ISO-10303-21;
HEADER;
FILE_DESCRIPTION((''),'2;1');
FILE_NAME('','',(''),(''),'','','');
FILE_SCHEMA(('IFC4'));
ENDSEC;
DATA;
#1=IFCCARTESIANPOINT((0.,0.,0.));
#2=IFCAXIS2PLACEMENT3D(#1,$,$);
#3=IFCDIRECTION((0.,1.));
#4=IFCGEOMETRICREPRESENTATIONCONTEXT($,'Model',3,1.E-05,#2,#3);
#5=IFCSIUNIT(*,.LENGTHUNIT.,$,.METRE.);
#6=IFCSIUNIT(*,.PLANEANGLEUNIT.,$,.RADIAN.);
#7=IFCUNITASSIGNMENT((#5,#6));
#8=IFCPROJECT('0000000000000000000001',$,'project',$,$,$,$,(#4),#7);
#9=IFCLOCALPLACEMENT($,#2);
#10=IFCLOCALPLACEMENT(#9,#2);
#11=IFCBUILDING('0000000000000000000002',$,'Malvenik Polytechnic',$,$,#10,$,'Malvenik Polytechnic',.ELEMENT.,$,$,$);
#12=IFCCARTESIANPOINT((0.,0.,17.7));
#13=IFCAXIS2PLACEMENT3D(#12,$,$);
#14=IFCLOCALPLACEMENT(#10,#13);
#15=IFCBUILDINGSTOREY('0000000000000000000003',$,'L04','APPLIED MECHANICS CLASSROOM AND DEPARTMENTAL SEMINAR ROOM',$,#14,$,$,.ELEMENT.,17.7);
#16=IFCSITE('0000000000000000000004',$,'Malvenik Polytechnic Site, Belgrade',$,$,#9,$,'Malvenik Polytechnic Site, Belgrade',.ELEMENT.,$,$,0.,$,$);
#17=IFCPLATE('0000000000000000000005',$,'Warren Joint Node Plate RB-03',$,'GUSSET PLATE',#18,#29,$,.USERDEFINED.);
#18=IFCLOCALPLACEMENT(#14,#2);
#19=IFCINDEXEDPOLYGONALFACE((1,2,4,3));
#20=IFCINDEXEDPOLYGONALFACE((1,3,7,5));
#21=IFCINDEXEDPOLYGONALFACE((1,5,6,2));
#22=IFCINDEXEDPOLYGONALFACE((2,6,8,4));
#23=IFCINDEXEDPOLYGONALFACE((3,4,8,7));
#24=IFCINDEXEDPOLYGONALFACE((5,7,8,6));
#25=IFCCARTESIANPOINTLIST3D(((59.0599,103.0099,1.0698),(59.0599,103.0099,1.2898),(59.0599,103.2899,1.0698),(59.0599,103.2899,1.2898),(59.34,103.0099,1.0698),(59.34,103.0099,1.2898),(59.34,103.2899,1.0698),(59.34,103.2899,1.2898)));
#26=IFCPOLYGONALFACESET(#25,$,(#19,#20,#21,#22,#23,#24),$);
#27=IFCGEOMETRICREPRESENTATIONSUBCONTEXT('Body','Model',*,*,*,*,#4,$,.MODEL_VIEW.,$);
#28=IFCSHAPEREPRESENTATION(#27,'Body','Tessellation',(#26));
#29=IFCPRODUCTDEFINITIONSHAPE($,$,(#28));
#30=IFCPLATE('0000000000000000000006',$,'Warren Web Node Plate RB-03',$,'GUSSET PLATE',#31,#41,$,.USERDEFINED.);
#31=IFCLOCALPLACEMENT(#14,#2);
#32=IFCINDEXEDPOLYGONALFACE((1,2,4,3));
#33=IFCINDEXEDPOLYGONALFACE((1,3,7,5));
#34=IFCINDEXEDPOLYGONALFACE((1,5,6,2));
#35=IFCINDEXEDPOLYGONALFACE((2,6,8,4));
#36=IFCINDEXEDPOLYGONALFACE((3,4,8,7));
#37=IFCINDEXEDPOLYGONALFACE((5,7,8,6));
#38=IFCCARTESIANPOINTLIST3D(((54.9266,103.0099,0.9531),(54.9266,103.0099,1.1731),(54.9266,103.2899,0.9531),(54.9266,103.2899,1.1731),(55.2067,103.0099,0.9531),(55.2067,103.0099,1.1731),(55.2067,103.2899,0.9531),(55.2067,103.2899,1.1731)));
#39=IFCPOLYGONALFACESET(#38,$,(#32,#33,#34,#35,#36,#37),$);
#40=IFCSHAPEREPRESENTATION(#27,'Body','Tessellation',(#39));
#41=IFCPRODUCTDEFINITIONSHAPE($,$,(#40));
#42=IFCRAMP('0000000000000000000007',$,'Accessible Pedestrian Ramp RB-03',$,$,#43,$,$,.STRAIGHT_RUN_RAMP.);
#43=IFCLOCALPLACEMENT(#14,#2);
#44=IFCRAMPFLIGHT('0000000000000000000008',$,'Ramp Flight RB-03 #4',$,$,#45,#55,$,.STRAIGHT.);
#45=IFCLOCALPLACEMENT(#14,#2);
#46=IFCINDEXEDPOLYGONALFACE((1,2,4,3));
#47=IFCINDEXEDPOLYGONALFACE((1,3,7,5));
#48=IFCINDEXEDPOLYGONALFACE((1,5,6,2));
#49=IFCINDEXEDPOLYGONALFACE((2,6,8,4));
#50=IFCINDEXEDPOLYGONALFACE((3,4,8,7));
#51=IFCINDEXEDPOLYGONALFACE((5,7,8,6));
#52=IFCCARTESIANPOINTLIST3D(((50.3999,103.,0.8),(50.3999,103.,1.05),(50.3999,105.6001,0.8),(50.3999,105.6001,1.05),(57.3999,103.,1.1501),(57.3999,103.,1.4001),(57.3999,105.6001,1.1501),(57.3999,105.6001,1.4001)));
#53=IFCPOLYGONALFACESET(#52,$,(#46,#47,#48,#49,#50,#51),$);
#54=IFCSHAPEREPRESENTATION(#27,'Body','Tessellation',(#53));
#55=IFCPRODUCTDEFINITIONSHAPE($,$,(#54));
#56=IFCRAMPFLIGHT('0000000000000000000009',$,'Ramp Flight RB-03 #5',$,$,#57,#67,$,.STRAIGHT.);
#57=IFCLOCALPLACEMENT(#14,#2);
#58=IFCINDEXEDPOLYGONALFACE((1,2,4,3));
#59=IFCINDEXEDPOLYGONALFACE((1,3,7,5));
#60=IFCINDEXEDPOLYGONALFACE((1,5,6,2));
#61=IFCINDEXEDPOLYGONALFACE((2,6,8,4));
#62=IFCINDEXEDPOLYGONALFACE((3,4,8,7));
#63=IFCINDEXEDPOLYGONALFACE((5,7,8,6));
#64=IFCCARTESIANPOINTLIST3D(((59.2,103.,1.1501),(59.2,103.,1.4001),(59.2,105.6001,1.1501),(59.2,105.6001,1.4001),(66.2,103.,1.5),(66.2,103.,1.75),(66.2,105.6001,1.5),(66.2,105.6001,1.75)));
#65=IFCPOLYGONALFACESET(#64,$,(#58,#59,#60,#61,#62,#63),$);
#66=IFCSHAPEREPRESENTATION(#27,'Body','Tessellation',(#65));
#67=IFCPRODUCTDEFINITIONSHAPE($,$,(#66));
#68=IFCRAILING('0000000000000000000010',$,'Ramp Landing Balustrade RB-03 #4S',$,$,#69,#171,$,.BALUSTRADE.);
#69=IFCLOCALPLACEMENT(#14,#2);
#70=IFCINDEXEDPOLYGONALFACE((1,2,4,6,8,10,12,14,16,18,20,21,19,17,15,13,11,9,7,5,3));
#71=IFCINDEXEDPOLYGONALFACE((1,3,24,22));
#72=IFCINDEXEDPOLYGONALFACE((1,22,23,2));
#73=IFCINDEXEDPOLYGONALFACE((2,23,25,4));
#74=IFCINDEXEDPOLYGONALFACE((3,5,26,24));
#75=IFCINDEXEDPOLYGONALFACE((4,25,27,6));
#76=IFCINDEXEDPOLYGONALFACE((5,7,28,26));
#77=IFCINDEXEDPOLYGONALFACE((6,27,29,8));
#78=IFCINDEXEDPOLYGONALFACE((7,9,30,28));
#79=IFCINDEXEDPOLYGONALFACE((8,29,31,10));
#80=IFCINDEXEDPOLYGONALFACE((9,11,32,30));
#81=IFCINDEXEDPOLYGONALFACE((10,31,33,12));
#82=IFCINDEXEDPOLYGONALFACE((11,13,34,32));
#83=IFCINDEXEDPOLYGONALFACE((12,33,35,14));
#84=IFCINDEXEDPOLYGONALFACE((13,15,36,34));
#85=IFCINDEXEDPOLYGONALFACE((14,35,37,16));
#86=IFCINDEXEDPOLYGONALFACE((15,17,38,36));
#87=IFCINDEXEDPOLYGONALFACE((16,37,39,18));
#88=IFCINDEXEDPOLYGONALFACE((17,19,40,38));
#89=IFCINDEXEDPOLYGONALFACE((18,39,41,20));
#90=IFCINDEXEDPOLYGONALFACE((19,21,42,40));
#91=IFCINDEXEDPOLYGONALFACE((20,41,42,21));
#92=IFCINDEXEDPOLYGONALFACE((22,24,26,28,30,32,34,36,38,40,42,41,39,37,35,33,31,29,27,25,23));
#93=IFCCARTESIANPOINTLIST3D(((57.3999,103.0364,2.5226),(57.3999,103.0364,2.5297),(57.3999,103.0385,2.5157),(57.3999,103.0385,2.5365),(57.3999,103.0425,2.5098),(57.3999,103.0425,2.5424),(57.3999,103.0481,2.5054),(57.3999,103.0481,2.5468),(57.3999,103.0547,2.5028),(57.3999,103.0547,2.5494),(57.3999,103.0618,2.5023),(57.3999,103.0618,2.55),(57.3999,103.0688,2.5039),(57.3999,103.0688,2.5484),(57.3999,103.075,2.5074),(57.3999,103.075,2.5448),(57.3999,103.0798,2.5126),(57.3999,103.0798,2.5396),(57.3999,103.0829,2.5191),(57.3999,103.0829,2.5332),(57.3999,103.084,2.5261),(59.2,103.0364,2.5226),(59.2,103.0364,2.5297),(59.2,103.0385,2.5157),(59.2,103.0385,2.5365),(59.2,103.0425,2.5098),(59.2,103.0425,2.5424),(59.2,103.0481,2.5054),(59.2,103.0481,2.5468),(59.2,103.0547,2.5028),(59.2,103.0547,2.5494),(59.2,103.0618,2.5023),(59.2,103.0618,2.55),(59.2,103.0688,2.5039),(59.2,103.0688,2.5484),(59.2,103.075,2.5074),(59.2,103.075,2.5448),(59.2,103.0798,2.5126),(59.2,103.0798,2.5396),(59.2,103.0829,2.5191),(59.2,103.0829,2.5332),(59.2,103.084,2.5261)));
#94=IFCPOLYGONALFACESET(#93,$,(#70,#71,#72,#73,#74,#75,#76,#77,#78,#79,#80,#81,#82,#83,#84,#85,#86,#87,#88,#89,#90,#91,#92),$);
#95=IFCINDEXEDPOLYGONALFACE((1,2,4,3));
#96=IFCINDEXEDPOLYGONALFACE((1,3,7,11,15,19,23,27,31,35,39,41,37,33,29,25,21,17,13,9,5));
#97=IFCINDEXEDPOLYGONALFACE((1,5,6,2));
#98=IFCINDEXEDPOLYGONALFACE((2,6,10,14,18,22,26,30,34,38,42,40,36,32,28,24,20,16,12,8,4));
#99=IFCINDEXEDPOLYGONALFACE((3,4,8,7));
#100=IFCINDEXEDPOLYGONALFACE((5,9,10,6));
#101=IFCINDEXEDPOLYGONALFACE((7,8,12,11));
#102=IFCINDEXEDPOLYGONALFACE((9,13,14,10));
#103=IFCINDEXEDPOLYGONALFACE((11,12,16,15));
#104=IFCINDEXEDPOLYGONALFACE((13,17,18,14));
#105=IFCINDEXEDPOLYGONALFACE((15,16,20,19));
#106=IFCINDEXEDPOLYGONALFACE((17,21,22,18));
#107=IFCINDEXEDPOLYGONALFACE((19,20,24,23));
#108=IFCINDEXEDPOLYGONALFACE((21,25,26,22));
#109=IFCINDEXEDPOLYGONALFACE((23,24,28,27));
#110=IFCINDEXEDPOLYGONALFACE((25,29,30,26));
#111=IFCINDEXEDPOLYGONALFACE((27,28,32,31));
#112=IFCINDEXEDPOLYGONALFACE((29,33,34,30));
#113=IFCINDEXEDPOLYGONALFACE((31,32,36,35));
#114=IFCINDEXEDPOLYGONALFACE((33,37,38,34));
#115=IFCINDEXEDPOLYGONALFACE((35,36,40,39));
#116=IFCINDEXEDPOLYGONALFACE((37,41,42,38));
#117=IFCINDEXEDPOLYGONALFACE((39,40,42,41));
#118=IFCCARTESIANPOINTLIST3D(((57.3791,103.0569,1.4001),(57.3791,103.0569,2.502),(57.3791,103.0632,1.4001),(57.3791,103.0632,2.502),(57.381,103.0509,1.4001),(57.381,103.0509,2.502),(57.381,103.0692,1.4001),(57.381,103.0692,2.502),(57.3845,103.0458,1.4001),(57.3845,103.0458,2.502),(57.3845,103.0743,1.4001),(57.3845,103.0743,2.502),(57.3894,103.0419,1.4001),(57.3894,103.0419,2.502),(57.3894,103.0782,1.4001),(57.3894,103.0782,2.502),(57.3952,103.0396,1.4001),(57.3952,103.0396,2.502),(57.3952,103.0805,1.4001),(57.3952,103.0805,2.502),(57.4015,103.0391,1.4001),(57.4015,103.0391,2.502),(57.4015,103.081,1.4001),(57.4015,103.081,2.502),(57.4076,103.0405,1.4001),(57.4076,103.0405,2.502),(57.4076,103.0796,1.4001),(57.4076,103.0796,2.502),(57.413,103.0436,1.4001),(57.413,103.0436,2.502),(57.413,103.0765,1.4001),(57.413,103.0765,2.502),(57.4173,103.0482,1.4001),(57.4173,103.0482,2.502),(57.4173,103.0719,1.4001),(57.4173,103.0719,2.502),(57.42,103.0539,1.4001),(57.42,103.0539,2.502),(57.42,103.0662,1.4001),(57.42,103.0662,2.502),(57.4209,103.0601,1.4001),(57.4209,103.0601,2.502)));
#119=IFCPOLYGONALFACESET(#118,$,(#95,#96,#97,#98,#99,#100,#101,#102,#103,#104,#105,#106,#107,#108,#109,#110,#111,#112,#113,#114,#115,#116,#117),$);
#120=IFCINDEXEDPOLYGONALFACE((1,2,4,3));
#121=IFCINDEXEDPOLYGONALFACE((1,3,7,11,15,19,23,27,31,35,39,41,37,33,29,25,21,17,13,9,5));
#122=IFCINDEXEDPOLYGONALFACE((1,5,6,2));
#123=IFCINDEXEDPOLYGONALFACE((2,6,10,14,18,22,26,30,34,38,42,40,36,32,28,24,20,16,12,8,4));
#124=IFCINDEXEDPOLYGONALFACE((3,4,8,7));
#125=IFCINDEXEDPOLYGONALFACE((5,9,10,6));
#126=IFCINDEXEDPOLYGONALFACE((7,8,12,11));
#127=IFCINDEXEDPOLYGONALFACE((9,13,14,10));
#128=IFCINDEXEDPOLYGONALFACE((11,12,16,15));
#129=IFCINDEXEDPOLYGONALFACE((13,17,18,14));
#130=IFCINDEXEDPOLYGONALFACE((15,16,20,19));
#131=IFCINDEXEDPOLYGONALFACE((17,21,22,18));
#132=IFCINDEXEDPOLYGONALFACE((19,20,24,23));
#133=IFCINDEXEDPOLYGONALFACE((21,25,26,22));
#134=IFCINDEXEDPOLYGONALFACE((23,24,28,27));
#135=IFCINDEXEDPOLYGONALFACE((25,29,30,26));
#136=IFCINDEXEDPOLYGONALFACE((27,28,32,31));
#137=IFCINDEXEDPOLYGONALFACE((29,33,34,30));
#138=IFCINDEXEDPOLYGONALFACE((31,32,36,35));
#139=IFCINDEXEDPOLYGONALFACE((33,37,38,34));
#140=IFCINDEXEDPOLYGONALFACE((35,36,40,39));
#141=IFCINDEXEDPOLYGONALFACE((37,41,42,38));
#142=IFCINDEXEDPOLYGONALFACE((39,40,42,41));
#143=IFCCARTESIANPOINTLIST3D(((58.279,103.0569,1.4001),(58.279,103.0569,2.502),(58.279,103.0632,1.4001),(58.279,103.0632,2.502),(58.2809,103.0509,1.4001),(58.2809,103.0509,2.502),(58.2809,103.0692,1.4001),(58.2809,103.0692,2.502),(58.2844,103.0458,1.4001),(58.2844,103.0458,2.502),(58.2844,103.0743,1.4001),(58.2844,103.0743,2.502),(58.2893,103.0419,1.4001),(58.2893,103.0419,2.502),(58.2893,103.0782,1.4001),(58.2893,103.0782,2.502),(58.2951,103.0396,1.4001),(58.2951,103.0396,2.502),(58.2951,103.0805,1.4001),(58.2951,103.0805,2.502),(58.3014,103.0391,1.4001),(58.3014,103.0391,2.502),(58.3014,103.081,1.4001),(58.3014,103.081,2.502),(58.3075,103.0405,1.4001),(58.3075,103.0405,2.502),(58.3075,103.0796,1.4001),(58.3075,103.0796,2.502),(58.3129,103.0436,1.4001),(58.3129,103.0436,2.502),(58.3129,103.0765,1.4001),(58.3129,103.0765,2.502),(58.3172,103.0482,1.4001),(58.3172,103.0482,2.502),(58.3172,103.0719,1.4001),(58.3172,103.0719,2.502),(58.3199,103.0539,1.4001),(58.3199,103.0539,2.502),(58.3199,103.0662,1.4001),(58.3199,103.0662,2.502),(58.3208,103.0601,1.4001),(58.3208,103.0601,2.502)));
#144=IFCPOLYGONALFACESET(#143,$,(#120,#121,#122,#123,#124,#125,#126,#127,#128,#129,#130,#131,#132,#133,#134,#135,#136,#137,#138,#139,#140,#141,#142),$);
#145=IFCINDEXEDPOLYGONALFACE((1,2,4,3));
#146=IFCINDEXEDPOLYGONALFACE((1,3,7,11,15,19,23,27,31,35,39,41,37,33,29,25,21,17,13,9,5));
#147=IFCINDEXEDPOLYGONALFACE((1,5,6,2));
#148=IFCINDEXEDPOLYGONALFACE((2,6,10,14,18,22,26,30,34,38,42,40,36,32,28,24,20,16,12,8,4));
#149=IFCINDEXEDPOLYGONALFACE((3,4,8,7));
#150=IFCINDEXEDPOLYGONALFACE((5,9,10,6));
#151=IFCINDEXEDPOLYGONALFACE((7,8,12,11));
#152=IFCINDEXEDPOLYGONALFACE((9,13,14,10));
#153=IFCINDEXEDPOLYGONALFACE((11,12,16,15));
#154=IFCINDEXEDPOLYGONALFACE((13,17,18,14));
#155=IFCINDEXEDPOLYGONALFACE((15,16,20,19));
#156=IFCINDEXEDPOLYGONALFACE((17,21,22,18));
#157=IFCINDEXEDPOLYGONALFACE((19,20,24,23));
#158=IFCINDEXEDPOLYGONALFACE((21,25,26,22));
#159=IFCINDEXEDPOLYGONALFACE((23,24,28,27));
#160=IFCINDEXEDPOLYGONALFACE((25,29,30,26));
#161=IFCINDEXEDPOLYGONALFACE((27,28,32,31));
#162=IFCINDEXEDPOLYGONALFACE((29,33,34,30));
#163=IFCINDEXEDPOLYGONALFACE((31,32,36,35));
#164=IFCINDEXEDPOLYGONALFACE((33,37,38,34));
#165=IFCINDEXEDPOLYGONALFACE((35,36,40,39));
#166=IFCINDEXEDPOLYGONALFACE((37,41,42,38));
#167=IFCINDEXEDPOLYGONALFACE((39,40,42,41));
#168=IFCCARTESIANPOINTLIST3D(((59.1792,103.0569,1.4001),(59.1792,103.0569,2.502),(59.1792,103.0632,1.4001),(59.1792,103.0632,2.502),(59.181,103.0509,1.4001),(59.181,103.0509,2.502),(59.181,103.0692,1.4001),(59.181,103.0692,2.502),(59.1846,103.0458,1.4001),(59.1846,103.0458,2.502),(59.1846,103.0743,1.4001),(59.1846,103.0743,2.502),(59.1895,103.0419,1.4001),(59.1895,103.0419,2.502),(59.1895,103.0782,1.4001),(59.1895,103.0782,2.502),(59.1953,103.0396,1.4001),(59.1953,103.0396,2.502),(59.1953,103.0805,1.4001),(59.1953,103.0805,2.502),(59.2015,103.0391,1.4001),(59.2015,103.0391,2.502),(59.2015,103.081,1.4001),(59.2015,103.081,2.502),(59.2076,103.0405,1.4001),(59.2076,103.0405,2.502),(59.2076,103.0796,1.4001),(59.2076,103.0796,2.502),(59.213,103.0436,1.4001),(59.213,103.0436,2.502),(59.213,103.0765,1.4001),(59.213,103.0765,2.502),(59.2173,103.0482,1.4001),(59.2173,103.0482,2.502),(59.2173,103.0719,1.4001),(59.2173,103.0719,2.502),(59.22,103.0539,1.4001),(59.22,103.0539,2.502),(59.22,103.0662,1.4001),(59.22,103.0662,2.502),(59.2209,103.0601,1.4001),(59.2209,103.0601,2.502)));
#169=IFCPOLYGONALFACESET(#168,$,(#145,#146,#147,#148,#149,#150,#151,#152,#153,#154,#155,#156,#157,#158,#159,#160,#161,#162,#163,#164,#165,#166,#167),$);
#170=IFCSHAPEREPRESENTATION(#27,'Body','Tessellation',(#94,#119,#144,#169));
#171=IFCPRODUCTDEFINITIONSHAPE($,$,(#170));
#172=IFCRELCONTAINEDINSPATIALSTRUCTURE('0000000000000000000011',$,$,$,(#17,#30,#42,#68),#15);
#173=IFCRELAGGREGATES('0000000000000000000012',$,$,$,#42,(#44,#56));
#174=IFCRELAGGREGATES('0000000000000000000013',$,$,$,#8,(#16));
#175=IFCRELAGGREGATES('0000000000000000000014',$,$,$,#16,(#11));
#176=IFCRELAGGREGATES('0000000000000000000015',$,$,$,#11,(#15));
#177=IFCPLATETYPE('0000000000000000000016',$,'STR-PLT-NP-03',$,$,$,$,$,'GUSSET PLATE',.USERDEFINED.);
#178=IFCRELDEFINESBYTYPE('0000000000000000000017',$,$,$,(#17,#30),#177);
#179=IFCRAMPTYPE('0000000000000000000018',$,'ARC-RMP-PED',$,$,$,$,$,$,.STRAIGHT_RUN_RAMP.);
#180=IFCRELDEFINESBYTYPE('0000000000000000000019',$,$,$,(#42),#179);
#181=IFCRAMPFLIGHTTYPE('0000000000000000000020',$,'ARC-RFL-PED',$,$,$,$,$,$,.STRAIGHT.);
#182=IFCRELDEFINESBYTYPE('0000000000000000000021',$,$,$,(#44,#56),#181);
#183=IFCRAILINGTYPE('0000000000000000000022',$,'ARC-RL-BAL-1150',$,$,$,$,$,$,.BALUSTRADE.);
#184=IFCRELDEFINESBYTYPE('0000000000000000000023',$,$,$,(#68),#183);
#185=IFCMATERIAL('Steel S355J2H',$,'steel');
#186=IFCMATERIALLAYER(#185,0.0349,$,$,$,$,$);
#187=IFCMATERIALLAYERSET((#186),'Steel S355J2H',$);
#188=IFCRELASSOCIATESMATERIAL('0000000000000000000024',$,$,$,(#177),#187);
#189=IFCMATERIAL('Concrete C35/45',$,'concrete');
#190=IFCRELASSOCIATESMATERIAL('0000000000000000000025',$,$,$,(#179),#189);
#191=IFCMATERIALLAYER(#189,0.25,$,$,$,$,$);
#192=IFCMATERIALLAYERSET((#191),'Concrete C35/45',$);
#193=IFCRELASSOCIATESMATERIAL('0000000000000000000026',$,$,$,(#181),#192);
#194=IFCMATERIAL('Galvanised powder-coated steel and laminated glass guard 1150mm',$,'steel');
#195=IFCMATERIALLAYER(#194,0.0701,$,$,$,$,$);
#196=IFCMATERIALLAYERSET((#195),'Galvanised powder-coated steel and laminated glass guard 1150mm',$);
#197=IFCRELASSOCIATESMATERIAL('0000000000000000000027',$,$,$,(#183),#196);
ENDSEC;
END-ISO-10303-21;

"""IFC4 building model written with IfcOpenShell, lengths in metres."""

from ifc_helpers import new_model, si_unit, direction, frame, origin, origin_2d, place, context, subcontext, project, spatial, polyline, rectangle, circle, outline, extrude, material, layer, layer_set, type_object, element, aggregate, save


model = new_model("IFC4")

# Units and contexts
model_context = context("Model", 3, precision=1e-05, world=origin(), true_north=direction((0.0, 1.0)))
body_context = subcontext(model_context, "Body", "Model", "MODEL_VIEW")
ifc_project = project(units=[si_unit("LENGTHUNIT", "METRE"), si_unit("PLANEANGLEUNIT", "RADIAN")], contexts=[model_context])

# Site, building, storey
site_placement = place(None, origin())
site = spatial("IfcSite", under=ifc_project, at=site_placement, Name="Malvenik Polytechnic Site, Belgrade", LongName="Malvenik Polytechnic Site, Belgrade", CompositionType="ELEMENT", RefElevation=0.0)
building_placement = place(site_placement, origin())
building = spatial("IfcBuilding", under=site, at=building_placement, Name="Malvenik Polytechnic", LongName="Malvenik Polytechnic", CompositionType="ELEMENT")
storey_placement = place(building_placement, frame((0.0, 0.0, 17.7)))
storey = spatial("IfcBuildingStorey", under=building, at=storey_placement, Name="L04", Description="APPLIED MECHANICS CLASSROOM AND DEPARTMENTAL SEMINAR ROOM", CompositionType="ELEMENT", Elevation=17.7)

# Shared definitions
ifc_material_1 = material(Name="Steel S355J2H", Category="steel")

# Plates
ifc_layer_1 = layer(ifc_material_1, 0.0349)
ifc_layer_set_1 = layer_set([ifc_layer_1], Name="Steel S355J2H")
plate_type = type_object("IfcPlateType", Name="STR-PLT-NP-03", ElementType="GUSSET PLATE", PredefinedType="USERDEFINED", material=ifc_layer_set_1)
for number, where, z_axis, x_axis, name in (
    (1, (59.2, 103.1499, 1.0698), (0.0, 0.0, 1.0), (1.0, 0.0, 0.0), "Warren Joint Node Plate RB-03"),
    (2, (55.0667, 103.1499, 0.9531), (0.0, 0.0, 1.0), (1.0, 0.0, 0.0), "Warren Web Node Plate RB-03"),
):
    element("IfcPlate", number, at=place(storey_placement, frame(where, z_axis=z_axis, x_axis=x_axis)), inside=storey, type_object=plate_type, Name=name, ObjectType="GUSSET PLATE", PredefinedType="USERDEFINED", context=body_context, shape_type="SweptSolid", body=[
        extrude(rectangle(XDim=0.28, YDim=0.28, at=origin_2d()), origin(), (0.0, 0.0, 1.0), 0.22),
    ])

# Ramp, ramp flights
ifc_material_2 = material(Name="Concrete C35/45", Category="concrete")
ramp_type = type_object("IfcRampType", Name="ARC-RMP-PED", PredefinedType="STRAIGHT_RUN_RAMP", material=ifc_material_2)
ramp_placement = place(storey_placement, origin())
ramp = element("IfcRamp", 3, at=ramp_placement, inside=storey, type_object=ramp_type, Name="Accessible Pedestrian Ramp RB-03", PredefinedType="STRAIGHT_RUN_RAMP")
ifc_layer_2 = layer(ifc_material_2, 0.25)
ifc_layer_set_2 = layer_set([ifc_layer_2], Name="Concrete C35/45")
ramp_flight_type = type_object("IfcRampFlightType", Name="ARC-RFL-PED", PredefinedType="STRAIGHT", material=ifc_layer_set_2)
ramp_flight_1_placement = place(storey_placement, frame((50.3999, 104.3, 1.05), z_axis=(0.0, 0.0, 1.0), x_axis=(1.0, 0.0, 0.0)))
ramp_flight_1 = element("IfcRampFlight", 4, at=ramp_flight_1_placement, type_object=ramp_flight_type, Name="Ramp Flight RB-03 #4", PredefinedType="STRAIGHT", context=body_context, shape_type="SweptSolid", body=[
    extrude(outline(polyline([(0.0, -0.25), (7.0, 0.1001), (7.0, 0.3501), (0.0, 0.0), (0.0, -0.25)])), frame((0.0, 1.3, 0.0), z_axis=(0.0, -1.0, 0.0), x_axis=(1.0, 0.0, 0.0)), (0.0, 0.0, 1.0), 2.6001),
])
ramp_flight_2_placement = place(storey_placement, frame((59.2, 104.3, 1.4001), z_axis=(0.0, 0.0, 1.0), x_axis=(1.0, 0.0, 0.0)))
ramp_flight_2 = element("IfcRampFlight", 5, at=ramp_flight_2_placement, type_object=ramp_flight_type, Name="Ramp Flight RB-03 #5", PredefinedType="STRAIGHT", context=body_context, shape_type="SweptSolid", body=[
    extrude(outline(polyline([(0.0, -0.25), (7.0, 0.0999), (7.0, 0.3499), (0.0, 0.0), (0.0, -0.25)])), frame((0.0, 1.3, 0.0), z_axis=(0.0, -1.0, 0.0), x_axis=(1.0, 0.0, 0.0)), (0.0, 0.0, 1.0), 2.6001),
])
aggregate(ramp, [ramp_flight_1, ramp_flight_2])

# Railing
ifc_material_3 = material(Name="Galvanised powder-coated steel and laminated glass guard 1150mm", Category="steel")
ifc_layer_3 = layer(ifc_material_3, 0.0701)
ifc_layer_set_3 = layer_set([ifc_layer_3], Name="Galvanised powder-coated steel and laminated glass guard 1150mm")
railing_type_1 = type_object("IfcRailingType", Name="ARC-RL-BAL-1150", PredefinedType="BALUSTRADE", material=ifc_layer_set_3)
railing_1_placement = place(storey_placement, frame((57.3999, 103.0601, 1.4001)))
element("IfcRailing", 6, at=railing_1_placement, inside=storey, type_object=railing_type_1, Name="Ramp Landing Balustrade RB-03 #4S", PredefinedType="BALUSTRADE", context=body_context, shape_type="SweptSolid", body=[
    extrude(circle(Radius=0.0239, at=origin_2d()), frame((0.0, 0.0, 1.126), z_axis=(1.0, 0.0, 0.0), x_axis=(0.0, 1.0, 0.0)), (0.0, 0.0, 1.0), 1.8),
    extrude(circle(Radius=0.021, at=origin_2d()), origin(), (0.0, 0.0, 1.0), 1.1018),
    extrude(circle(Radius=0.021, at=origin_2d()), frame((0.8999, 0.0, 0.0)), (0.0, 0.0, 1.0), 1.1018),
    extrude(circle(Radius=0.021, at=origin_2d()), frame((1.8, 0.0, 0.0)), (0.0, 0.0, 1.0), 1.1018),
])

save(model, "model.ifc")
